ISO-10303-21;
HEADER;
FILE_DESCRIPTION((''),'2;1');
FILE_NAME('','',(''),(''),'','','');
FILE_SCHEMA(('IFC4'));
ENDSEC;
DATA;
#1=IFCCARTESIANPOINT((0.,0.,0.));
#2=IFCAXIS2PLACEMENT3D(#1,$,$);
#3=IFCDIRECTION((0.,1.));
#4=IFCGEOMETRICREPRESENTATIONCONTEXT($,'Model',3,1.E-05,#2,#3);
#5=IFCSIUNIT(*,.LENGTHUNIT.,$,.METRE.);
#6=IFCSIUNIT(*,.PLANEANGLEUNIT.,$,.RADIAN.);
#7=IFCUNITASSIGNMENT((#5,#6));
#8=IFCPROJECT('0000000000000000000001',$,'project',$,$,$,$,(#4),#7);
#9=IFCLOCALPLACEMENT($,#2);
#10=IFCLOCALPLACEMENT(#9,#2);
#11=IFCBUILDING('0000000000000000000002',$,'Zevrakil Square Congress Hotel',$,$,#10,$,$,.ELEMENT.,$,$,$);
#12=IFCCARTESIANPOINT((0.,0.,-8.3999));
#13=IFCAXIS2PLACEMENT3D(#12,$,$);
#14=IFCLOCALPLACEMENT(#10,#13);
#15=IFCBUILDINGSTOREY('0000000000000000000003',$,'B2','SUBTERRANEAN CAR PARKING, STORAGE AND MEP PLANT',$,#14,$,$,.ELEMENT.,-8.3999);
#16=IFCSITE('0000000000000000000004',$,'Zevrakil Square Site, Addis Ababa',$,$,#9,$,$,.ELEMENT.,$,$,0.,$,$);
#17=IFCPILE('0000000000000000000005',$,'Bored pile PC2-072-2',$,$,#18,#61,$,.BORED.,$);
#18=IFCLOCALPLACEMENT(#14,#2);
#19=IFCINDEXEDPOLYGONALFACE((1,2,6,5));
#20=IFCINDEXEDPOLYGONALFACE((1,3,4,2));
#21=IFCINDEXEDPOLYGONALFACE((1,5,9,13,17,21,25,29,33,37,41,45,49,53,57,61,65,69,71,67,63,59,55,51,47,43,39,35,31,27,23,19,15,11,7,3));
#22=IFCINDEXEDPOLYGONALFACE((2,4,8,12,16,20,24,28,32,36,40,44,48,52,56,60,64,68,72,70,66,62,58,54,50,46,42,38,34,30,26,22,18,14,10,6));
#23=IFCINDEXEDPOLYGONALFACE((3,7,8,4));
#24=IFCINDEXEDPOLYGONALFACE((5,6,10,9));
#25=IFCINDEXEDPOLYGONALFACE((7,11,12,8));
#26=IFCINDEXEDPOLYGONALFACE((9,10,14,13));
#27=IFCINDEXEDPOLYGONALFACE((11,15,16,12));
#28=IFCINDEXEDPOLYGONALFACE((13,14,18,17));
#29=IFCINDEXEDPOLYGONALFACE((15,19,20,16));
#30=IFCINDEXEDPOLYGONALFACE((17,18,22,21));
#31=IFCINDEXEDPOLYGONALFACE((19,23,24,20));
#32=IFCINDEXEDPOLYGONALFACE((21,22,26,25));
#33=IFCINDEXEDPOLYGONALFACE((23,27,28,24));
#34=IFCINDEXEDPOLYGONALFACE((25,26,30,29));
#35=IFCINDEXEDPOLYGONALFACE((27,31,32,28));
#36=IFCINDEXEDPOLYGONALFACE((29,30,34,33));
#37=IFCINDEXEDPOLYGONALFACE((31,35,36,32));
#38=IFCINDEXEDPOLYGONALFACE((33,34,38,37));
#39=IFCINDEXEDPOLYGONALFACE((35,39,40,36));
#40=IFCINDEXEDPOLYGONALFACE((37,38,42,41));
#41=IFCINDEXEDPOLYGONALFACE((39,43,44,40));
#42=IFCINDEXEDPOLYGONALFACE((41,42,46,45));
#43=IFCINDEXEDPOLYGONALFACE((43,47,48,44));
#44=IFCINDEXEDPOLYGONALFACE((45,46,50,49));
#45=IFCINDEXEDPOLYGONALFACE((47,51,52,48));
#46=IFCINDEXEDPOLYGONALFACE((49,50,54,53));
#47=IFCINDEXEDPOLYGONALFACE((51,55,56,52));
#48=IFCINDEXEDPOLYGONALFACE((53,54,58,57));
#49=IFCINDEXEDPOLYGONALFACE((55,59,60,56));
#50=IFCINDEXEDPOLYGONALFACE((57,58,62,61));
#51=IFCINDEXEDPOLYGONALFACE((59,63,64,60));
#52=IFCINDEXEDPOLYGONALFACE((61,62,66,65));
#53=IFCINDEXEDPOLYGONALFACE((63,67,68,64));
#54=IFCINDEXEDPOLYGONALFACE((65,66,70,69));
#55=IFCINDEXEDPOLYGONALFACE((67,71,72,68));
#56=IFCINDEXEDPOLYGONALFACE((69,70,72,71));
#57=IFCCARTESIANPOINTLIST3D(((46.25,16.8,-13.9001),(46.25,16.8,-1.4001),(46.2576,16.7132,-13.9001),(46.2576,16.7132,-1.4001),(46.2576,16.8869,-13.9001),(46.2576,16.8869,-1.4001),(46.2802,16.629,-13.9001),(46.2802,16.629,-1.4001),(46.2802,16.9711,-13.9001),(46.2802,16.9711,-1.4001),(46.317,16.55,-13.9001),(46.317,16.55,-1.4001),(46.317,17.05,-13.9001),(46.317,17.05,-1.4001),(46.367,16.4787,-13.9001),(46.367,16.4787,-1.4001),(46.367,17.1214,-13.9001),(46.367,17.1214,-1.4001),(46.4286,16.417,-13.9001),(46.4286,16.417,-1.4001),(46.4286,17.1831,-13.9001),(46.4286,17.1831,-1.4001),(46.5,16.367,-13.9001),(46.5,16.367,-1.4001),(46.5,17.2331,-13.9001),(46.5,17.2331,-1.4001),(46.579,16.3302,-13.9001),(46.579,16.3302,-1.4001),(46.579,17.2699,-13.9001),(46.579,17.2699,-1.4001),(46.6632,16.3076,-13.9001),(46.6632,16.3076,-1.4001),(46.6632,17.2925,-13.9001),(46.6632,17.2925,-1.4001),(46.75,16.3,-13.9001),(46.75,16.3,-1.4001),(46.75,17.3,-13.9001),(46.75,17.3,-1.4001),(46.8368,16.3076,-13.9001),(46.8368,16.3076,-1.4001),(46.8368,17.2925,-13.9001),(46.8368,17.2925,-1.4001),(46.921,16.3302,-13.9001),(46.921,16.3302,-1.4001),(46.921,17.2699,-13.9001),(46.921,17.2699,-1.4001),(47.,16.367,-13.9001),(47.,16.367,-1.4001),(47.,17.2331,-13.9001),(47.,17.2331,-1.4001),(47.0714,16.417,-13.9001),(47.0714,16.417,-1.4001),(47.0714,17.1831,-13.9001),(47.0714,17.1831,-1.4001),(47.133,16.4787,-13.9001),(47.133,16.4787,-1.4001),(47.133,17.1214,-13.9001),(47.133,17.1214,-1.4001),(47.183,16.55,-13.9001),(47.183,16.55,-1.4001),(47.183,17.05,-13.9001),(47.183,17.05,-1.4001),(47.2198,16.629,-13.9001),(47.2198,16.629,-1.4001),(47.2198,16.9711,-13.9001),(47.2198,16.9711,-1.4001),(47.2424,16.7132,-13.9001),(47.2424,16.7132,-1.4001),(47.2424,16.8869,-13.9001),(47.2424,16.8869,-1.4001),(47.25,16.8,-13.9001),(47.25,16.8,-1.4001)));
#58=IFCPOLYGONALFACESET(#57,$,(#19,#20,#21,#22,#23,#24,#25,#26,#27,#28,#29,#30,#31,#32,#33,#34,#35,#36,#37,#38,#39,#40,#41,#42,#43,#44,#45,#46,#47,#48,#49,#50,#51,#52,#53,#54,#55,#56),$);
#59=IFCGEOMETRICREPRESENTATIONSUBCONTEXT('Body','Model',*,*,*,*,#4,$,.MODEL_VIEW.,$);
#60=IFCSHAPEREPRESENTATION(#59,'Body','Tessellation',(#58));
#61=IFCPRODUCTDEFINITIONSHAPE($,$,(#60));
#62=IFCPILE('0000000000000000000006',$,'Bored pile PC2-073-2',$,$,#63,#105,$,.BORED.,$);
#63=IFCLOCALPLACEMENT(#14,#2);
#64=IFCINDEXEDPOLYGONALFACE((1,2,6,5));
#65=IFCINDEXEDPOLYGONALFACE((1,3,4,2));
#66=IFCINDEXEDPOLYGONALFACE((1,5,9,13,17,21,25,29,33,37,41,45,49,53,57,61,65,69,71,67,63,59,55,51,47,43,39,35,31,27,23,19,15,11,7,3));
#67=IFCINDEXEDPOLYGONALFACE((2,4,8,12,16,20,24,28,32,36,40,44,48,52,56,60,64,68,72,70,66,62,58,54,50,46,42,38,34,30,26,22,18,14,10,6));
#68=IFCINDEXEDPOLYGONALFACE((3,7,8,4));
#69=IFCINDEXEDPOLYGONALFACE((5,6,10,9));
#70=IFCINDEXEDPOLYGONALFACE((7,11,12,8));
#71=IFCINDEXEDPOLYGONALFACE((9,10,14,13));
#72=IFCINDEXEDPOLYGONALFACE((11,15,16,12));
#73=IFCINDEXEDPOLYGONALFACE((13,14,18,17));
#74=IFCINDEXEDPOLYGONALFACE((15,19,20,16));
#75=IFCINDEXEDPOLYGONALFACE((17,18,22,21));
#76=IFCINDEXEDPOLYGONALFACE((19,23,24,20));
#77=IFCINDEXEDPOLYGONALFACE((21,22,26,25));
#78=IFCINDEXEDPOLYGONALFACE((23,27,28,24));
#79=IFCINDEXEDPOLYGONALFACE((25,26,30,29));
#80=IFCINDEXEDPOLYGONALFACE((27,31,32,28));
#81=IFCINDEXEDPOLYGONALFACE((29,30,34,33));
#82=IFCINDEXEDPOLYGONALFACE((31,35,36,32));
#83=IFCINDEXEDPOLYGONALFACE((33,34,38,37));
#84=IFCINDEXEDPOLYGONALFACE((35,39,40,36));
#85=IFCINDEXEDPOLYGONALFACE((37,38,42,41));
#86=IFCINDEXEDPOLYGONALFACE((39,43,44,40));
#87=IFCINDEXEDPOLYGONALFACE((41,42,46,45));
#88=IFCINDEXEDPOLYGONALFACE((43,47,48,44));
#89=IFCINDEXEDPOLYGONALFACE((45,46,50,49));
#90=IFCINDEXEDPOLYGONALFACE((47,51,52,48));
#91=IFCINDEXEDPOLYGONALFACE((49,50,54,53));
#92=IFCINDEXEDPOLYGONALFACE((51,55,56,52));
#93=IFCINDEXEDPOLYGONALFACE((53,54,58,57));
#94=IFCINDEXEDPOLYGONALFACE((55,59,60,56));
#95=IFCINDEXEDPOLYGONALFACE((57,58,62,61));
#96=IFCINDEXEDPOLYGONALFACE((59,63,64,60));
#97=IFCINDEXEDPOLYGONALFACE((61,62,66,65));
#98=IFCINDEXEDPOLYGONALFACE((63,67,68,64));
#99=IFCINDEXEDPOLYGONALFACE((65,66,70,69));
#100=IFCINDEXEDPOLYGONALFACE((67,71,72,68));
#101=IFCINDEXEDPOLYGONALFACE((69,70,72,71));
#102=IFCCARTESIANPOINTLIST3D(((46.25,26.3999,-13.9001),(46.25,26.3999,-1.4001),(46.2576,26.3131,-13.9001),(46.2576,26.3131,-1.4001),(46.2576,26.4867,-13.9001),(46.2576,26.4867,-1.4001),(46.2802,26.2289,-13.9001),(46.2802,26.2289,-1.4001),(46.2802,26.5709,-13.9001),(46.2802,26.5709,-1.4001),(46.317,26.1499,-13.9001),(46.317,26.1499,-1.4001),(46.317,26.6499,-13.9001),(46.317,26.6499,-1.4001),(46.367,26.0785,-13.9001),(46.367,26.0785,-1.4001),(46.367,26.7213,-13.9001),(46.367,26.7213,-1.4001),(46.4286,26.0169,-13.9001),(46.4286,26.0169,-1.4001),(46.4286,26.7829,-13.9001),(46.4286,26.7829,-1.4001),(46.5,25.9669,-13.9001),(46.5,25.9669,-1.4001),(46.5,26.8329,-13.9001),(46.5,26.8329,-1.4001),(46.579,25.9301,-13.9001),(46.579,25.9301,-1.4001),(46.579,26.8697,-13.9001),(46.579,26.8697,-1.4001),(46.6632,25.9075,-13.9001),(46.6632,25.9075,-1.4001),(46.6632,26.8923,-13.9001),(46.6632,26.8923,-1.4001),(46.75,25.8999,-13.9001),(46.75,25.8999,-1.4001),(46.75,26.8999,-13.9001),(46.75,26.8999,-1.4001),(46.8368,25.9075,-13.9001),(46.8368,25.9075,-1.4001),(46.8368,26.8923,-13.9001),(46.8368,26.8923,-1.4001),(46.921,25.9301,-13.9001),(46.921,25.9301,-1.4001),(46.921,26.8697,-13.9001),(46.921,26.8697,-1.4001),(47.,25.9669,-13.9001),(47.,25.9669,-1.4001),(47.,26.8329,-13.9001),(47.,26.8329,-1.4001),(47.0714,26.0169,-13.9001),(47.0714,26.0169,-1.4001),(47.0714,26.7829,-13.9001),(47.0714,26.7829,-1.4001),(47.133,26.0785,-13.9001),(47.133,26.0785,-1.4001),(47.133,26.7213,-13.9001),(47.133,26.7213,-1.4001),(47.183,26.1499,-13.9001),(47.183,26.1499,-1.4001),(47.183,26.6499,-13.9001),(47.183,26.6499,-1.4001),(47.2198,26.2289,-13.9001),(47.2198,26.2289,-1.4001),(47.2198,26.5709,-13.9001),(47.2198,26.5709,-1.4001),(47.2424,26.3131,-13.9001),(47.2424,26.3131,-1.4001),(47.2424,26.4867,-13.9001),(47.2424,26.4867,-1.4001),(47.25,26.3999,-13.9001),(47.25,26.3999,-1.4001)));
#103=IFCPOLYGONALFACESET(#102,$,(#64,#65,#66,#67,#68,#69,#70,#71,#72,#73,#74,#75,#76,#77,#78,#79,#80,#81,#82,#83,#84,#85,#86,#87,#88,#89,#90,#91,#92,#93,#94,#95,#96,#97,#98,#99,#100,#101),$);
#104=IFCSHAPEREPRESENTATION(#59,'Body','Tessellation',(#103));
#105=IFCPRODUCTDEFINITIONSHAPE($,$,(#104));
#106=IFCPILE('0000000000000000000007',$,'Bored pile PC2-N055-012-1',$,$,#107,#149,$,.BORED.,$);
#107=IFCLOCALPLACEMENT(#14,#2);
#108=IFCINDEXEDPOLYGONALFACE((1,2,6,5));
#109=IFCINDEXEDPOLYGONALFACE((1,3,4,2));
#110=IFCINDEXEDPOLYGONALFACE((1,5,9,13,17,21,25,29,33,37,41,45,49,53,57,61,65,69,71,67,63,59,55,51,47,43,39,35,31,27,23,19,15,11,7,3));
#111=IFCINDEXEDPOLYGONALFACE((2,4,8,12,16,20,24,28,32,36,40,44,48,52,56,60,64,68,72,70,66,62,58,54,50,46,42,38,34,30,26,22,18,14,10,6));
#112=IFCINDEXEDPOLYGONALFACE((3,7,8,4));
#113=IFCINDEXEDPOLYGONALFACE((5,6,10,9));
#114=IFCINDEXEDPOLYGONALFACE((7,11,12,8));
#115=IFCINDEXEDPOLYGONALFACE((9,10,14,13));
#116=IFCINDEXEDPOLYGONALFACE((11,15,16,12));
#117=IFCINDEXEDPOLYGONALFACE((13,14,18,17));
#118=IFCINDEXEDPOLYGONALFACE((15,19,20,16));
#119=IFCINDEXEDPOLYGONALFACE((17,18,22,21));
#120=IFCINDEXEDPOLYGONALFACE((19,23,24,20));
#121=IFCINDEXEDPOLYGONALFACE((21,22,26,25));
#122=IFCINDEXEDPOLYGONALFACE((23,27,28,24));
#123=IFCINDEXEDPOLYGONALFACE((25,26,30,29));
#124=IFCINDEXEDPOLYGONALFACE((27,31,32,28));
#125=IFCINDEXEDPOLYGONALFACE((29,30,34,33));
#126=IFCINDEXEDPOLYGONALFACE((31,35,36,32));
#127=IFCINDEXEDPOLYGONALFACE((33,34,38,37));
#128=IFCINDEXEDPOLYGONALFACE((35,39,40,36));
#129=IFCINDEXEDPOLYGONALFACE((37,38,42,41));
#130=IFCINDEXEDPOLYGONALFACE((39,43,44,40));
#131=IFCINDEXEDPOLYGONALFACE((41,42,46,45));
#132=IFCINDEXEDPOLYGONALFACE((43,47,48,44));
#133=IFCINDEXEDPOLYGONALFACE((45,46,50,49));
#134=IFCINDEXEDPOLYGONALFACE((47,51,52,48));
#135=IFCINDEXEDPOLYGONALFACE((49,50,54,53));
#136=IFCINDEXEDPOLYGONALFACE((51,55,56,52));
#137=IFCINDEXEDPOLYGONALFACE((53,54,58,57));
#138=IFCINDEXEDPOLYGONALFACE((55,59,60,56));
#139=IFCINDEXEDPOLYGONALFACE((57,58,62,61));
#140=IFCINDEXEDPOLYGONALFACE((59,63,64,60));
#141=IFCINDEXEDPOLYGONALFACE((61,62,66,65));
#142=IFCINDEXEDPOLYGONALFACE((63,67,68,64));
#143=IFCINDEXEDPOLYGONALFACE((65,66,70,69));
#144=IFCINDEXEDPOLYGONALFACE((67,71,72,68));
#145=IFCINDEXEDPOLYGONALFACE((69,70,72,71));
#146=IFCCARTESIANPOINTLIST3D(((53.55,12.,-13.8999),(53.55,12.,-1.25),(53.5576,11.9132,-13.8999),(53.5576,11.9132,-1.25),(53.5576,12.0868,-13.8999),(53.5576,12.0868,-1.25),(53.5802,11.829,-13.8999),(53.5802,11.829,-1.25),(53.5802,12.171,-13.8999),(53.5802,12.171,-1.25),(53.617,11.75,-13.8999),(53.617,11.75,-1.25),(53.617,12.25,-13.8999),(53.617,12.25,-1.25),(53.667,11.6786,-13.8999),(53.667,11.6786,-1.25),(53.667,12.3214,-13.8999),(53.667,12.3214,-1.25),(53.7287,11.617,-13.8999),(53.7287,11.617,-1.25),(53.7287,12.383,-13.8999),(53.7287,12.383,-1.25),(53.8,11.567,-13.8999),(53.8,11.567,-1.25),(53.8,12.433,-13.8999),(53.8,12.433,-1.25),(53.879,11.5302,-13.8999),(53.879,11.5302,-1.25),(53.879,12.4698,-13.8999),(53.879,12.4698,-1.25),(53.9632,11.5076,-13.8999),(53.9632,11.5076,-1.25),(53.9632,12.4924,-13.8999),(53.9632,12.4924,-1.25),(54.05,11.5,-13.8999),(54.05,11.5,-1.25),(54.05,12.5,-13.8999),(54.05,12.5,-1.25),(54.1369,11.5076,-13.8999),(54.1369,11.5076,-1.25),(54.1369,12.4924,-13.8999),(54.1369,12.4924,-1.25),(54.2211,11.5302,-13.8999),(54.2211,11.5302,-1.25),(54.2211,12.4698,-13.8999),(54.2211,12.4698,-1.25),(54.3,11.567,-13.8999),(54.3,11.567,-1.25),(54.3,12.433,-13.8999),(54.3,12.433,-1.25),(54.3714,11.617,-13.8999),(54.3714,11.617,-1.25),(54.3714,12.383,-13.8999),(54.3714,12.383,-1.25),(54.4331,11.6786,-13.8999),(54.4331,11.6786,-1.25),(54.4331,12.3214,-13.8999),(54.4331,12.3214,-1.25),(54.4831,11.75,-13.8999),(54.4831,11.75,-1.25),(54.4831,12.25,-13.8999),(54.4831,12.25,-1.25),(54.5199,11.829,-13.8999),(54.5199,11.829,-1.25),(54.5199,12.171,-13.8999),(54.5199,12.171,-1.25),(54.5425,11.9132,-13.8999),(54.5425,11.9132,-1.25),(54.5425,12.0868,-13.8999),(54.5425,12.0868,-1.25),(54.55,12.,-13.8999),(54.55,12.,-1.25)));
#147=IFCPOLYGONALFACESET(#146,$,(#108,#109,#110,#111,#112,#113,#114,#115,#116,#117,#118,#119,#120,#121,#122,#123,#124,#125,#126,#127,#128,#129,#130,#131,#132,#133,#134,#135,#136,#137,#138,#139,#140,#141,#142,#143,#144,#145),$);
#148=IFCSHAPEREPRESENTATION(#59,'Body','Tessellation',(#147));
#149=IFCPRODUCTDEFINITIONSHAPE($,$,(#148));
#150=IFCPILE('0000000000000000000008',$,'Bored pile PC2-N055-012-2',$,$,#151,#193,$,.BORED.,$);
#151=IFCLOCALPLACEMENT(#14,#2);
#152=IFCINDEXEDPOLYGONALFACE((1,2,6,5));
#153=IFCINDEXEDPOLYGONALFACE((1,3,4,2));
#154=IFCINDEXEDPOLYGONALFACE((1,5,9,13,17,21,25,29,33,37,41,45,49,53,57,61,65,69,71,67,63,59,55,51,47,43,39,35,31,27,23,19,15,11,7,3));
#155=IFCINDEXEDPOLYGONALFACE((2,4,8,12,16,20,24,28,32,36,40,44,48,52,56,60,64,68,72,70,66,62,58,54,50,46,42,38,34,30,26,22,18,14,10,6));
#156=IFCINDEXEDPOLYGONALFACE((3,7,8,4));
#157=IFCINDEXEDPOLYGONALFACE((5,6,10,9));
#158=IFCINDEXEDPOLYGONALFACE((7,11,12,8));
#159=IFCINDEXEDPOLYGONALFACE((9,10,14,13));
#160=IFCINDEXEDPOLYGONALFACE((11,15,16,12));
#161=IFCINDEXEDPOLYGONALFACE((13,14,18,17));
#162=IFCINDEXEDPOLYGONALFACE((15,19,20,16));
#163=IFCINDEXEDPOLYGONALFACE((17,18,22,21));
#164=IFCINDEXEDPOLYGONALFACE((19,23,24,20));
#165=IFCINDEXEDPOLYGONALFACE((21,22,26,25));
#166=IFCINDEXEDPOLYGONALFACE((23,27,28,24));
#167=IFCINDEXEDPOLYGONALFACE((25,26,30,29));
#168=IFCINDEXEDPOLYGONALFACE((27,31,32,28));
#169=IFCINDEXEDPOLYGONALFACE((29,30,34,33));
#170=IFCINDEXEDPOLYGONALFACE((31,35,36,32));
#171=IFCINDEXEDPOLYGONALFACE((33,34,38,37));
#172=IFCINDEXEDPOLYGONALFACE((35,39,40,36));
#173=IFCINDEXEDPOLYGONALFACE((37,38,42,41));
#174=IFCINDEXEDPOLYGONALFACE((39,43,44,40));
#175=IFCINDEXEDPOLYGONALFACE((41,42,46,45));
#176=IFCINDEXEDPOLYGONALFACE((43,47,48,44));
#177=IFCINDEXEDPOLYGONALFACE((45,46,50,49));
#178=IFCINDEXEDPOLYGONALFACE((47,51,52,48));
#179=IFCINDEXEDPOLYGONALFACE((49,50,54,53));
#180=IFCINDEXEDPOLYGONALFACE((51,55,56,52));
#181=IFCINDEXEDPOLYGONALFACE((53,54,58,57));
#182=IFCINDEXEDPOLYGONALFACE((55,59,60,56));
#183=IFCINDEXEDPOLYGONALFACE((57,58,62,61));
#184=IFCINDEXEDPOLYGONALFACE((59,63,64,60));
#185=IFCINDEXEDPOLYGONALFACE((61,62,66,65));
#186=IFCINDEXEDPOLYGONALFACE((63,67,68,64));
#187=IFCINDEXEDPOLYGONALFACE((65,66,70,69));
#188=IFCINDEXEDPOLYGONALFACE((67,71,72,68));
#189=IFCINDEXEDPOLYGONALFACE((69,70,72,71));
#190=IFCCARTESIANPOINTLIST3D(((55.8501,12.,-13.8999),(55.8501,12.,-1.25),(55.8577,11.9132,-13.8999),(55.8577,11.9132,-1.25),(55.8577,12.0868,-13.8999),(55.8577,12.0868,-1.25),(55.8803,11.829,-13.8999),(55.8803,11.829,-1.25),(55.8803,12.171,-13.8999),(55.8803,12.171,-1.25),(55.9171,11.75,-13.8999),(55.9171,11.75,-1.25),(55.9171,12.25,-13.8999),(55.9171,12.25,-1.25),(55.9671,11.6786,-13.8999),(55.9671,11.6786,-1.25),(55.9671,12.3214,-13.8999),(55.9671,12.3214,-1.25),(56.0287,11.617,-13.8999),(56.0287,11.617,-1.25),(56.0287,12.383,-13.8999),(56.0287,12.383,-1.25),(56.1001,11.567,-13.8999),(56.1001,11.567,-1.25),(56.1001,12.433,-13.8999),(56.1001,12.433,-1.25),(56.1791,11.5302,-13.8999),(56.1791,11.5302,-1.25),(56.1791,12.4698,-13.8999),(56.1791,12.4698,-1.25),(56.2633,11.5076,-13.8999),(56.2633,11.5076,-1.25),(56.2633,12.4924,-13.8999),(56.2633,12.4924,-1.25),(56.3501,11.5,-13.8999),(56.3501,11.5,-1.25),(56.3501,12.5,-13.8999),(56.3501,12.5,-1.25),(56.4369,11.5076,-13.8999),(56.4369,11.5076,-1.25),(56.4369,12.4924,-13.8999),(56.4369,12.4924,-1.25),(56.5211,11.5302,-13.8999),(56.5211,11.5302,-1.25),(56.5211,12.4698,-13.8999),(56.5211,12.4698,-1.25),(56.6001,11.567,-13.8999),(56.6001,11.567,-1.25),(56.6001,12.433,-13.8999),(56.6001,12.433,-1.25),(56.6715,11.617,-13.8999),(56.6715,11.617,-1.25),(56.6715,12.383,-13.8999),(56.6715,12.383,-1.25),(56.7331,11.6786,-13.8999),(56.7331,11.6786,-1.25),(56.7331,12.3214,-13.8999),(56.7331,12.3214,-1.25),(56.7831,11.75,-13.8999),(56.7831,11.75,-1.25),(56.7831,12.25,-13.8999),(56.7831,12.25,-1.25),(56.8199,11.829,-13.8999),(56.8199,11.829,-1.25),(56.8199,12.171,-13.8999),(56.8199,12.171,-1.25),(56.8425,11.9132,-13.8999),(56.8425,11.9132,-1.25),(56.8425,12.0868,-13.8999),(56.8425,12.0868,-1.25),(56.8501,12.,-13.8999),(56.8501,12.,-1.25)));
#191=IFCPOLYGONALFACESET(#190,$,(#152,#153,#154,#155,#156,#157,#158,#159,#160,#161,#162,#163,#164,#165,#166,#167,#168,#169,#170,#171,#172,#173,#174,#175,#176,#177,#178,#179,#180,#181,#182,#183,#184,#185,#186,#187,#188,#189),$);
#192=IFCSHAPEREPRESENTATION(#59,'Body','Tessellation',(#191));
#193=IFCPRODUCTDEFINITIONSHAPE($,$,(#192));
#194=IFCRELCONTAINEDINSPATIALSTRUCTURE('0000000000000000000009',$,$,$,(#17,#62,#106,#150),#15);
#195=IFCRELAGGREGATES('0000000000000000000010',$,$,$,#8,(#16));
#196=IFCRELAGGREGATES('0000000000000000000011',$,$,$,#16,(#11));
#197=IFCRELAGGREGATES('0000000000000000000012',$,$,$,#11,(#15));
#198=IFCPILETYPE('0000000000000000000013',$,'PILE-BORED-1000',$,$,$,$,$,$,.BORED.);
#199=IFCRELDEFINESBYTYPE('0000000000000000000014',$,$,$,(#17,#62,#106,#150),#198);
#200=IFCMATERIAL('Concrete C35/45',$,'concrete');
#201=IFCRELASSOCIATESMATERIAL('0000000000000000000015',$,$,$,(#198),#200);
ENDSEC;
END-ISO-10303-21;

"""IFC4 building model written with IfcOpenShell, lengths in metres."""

from ifc_helpers import new_model, si_unit, direction, frame, origin, origin_2d, place, context, subcontext, project, spatial, circle, extrude, material, material_profile, profile_set, type_object, element, save


model = new_model("IFC4")

# Units and contexts
model_context = context("Model", 3, precision=1e-05, world=origin(), true_north=direction((0.0, 1.0)))
body_context = subcontext(model_context, "Body", "Model", "MODEL_VIEW")
ifc_project = project(units=[si_unit("LENGTHUNIT", "METRE"), si_unit("PLANEANGLEUNIT", "RADIAN")], contexts=[model_context])

# Site, building, storey
site_placement = place(None, origin())
site = spatial("IfcSite", under=ifc_project, at=site_placement, Name="Zevrakil Square Site, Addis Ababa", CompositionType="ELEMENT", RefElevation=0.0)
building_placement = place(site_placement, origin())
building = spatial("IfcBuilding", under=site, at=building_placement, Name="Zevrakil Square Congress Hotel", CompositionType="ELEMENT")
storey_placement = place(building_placement, frame((0.0, 0.0, -8.3999)))
storey = spatial("IfcBuildingStorey", under=building, at=storey_placement, Name="B2", Description="SUBTERRANEAN CAR PARKING, STORAGE AND MEP PLANT", CompositionType="ELEMENT", Elevation=-8.3999)

# Piles
ifc_material_1 = material(Name="Concrete C35/45", Category="concrete")
ifc_material_profile_1 = material_profile(ifc_material_1, circle(Radius=0.5, at=origin_2d()), Name="PILE D1000")
ifc_profile_set_1 = profile_set([ifc_material_profile_1], Name="Concrete C35/45")
pile_type = type_object("IfcPileType", Name="PILE-BORED-1000", PredefinedType="BORED", material=ifc_profile_set_1)
for number, where, z_axis, x_axis, name in (
    (1, (46.75, 16.8, -1.4001), (0.0, 0.0, -1.0), (1.0, 0.0, 0.0), "Bored pile PC2-072-2"),
    (2, (46.75, 26.3999, -1.4001), (0.0, 0.0, -1.0), (1.0, 0.0, 0.0), "Bored pile PC2-073-2"),
):
    element("IfcPile", number, at=place(storey_placement, frame(where, z_axis=z_axis, x_axis=x_axis)), inside=storey, type_object=pile_type, Name=name, PredefinedType="BORED", context=body_context, shape_type="SweptSolid", body=[
        extrude(circle(Radius=0.5, at=origin_2d()), origin(), (0.0, 0.0, 1.0), 12.5),
    ])
for number, where, z_axis, x_axis, name in (
    (3, (54.05, 12.0, -1.25), (0.0, 0.0, -1.0), (1.0, 0.0, 0.0), "Bored pile PC2-N055-012-1"),
    (4, (56.3501, 12.0, -1.25), (0.0, 0.0, -1.0), (1.0, 0.0, 0.0), "Bored pile PC2-N055-012-2"),
):
    element("IfcPile", number, at=place(storey_placement, frame(where, z_axis=z_axis, x_axis=x_axis)), inside=storey, type_object=pile_type, Name=name, PredefinedType="BORED", context=body_context, shape_type="SweptSolid", body=[
        extrude(circle(Radius=0.5, at=origin_2d()), origin(), (0.0, 0.0, 1.0), 12.6499),
    ])

save(model, "model.ifc")
